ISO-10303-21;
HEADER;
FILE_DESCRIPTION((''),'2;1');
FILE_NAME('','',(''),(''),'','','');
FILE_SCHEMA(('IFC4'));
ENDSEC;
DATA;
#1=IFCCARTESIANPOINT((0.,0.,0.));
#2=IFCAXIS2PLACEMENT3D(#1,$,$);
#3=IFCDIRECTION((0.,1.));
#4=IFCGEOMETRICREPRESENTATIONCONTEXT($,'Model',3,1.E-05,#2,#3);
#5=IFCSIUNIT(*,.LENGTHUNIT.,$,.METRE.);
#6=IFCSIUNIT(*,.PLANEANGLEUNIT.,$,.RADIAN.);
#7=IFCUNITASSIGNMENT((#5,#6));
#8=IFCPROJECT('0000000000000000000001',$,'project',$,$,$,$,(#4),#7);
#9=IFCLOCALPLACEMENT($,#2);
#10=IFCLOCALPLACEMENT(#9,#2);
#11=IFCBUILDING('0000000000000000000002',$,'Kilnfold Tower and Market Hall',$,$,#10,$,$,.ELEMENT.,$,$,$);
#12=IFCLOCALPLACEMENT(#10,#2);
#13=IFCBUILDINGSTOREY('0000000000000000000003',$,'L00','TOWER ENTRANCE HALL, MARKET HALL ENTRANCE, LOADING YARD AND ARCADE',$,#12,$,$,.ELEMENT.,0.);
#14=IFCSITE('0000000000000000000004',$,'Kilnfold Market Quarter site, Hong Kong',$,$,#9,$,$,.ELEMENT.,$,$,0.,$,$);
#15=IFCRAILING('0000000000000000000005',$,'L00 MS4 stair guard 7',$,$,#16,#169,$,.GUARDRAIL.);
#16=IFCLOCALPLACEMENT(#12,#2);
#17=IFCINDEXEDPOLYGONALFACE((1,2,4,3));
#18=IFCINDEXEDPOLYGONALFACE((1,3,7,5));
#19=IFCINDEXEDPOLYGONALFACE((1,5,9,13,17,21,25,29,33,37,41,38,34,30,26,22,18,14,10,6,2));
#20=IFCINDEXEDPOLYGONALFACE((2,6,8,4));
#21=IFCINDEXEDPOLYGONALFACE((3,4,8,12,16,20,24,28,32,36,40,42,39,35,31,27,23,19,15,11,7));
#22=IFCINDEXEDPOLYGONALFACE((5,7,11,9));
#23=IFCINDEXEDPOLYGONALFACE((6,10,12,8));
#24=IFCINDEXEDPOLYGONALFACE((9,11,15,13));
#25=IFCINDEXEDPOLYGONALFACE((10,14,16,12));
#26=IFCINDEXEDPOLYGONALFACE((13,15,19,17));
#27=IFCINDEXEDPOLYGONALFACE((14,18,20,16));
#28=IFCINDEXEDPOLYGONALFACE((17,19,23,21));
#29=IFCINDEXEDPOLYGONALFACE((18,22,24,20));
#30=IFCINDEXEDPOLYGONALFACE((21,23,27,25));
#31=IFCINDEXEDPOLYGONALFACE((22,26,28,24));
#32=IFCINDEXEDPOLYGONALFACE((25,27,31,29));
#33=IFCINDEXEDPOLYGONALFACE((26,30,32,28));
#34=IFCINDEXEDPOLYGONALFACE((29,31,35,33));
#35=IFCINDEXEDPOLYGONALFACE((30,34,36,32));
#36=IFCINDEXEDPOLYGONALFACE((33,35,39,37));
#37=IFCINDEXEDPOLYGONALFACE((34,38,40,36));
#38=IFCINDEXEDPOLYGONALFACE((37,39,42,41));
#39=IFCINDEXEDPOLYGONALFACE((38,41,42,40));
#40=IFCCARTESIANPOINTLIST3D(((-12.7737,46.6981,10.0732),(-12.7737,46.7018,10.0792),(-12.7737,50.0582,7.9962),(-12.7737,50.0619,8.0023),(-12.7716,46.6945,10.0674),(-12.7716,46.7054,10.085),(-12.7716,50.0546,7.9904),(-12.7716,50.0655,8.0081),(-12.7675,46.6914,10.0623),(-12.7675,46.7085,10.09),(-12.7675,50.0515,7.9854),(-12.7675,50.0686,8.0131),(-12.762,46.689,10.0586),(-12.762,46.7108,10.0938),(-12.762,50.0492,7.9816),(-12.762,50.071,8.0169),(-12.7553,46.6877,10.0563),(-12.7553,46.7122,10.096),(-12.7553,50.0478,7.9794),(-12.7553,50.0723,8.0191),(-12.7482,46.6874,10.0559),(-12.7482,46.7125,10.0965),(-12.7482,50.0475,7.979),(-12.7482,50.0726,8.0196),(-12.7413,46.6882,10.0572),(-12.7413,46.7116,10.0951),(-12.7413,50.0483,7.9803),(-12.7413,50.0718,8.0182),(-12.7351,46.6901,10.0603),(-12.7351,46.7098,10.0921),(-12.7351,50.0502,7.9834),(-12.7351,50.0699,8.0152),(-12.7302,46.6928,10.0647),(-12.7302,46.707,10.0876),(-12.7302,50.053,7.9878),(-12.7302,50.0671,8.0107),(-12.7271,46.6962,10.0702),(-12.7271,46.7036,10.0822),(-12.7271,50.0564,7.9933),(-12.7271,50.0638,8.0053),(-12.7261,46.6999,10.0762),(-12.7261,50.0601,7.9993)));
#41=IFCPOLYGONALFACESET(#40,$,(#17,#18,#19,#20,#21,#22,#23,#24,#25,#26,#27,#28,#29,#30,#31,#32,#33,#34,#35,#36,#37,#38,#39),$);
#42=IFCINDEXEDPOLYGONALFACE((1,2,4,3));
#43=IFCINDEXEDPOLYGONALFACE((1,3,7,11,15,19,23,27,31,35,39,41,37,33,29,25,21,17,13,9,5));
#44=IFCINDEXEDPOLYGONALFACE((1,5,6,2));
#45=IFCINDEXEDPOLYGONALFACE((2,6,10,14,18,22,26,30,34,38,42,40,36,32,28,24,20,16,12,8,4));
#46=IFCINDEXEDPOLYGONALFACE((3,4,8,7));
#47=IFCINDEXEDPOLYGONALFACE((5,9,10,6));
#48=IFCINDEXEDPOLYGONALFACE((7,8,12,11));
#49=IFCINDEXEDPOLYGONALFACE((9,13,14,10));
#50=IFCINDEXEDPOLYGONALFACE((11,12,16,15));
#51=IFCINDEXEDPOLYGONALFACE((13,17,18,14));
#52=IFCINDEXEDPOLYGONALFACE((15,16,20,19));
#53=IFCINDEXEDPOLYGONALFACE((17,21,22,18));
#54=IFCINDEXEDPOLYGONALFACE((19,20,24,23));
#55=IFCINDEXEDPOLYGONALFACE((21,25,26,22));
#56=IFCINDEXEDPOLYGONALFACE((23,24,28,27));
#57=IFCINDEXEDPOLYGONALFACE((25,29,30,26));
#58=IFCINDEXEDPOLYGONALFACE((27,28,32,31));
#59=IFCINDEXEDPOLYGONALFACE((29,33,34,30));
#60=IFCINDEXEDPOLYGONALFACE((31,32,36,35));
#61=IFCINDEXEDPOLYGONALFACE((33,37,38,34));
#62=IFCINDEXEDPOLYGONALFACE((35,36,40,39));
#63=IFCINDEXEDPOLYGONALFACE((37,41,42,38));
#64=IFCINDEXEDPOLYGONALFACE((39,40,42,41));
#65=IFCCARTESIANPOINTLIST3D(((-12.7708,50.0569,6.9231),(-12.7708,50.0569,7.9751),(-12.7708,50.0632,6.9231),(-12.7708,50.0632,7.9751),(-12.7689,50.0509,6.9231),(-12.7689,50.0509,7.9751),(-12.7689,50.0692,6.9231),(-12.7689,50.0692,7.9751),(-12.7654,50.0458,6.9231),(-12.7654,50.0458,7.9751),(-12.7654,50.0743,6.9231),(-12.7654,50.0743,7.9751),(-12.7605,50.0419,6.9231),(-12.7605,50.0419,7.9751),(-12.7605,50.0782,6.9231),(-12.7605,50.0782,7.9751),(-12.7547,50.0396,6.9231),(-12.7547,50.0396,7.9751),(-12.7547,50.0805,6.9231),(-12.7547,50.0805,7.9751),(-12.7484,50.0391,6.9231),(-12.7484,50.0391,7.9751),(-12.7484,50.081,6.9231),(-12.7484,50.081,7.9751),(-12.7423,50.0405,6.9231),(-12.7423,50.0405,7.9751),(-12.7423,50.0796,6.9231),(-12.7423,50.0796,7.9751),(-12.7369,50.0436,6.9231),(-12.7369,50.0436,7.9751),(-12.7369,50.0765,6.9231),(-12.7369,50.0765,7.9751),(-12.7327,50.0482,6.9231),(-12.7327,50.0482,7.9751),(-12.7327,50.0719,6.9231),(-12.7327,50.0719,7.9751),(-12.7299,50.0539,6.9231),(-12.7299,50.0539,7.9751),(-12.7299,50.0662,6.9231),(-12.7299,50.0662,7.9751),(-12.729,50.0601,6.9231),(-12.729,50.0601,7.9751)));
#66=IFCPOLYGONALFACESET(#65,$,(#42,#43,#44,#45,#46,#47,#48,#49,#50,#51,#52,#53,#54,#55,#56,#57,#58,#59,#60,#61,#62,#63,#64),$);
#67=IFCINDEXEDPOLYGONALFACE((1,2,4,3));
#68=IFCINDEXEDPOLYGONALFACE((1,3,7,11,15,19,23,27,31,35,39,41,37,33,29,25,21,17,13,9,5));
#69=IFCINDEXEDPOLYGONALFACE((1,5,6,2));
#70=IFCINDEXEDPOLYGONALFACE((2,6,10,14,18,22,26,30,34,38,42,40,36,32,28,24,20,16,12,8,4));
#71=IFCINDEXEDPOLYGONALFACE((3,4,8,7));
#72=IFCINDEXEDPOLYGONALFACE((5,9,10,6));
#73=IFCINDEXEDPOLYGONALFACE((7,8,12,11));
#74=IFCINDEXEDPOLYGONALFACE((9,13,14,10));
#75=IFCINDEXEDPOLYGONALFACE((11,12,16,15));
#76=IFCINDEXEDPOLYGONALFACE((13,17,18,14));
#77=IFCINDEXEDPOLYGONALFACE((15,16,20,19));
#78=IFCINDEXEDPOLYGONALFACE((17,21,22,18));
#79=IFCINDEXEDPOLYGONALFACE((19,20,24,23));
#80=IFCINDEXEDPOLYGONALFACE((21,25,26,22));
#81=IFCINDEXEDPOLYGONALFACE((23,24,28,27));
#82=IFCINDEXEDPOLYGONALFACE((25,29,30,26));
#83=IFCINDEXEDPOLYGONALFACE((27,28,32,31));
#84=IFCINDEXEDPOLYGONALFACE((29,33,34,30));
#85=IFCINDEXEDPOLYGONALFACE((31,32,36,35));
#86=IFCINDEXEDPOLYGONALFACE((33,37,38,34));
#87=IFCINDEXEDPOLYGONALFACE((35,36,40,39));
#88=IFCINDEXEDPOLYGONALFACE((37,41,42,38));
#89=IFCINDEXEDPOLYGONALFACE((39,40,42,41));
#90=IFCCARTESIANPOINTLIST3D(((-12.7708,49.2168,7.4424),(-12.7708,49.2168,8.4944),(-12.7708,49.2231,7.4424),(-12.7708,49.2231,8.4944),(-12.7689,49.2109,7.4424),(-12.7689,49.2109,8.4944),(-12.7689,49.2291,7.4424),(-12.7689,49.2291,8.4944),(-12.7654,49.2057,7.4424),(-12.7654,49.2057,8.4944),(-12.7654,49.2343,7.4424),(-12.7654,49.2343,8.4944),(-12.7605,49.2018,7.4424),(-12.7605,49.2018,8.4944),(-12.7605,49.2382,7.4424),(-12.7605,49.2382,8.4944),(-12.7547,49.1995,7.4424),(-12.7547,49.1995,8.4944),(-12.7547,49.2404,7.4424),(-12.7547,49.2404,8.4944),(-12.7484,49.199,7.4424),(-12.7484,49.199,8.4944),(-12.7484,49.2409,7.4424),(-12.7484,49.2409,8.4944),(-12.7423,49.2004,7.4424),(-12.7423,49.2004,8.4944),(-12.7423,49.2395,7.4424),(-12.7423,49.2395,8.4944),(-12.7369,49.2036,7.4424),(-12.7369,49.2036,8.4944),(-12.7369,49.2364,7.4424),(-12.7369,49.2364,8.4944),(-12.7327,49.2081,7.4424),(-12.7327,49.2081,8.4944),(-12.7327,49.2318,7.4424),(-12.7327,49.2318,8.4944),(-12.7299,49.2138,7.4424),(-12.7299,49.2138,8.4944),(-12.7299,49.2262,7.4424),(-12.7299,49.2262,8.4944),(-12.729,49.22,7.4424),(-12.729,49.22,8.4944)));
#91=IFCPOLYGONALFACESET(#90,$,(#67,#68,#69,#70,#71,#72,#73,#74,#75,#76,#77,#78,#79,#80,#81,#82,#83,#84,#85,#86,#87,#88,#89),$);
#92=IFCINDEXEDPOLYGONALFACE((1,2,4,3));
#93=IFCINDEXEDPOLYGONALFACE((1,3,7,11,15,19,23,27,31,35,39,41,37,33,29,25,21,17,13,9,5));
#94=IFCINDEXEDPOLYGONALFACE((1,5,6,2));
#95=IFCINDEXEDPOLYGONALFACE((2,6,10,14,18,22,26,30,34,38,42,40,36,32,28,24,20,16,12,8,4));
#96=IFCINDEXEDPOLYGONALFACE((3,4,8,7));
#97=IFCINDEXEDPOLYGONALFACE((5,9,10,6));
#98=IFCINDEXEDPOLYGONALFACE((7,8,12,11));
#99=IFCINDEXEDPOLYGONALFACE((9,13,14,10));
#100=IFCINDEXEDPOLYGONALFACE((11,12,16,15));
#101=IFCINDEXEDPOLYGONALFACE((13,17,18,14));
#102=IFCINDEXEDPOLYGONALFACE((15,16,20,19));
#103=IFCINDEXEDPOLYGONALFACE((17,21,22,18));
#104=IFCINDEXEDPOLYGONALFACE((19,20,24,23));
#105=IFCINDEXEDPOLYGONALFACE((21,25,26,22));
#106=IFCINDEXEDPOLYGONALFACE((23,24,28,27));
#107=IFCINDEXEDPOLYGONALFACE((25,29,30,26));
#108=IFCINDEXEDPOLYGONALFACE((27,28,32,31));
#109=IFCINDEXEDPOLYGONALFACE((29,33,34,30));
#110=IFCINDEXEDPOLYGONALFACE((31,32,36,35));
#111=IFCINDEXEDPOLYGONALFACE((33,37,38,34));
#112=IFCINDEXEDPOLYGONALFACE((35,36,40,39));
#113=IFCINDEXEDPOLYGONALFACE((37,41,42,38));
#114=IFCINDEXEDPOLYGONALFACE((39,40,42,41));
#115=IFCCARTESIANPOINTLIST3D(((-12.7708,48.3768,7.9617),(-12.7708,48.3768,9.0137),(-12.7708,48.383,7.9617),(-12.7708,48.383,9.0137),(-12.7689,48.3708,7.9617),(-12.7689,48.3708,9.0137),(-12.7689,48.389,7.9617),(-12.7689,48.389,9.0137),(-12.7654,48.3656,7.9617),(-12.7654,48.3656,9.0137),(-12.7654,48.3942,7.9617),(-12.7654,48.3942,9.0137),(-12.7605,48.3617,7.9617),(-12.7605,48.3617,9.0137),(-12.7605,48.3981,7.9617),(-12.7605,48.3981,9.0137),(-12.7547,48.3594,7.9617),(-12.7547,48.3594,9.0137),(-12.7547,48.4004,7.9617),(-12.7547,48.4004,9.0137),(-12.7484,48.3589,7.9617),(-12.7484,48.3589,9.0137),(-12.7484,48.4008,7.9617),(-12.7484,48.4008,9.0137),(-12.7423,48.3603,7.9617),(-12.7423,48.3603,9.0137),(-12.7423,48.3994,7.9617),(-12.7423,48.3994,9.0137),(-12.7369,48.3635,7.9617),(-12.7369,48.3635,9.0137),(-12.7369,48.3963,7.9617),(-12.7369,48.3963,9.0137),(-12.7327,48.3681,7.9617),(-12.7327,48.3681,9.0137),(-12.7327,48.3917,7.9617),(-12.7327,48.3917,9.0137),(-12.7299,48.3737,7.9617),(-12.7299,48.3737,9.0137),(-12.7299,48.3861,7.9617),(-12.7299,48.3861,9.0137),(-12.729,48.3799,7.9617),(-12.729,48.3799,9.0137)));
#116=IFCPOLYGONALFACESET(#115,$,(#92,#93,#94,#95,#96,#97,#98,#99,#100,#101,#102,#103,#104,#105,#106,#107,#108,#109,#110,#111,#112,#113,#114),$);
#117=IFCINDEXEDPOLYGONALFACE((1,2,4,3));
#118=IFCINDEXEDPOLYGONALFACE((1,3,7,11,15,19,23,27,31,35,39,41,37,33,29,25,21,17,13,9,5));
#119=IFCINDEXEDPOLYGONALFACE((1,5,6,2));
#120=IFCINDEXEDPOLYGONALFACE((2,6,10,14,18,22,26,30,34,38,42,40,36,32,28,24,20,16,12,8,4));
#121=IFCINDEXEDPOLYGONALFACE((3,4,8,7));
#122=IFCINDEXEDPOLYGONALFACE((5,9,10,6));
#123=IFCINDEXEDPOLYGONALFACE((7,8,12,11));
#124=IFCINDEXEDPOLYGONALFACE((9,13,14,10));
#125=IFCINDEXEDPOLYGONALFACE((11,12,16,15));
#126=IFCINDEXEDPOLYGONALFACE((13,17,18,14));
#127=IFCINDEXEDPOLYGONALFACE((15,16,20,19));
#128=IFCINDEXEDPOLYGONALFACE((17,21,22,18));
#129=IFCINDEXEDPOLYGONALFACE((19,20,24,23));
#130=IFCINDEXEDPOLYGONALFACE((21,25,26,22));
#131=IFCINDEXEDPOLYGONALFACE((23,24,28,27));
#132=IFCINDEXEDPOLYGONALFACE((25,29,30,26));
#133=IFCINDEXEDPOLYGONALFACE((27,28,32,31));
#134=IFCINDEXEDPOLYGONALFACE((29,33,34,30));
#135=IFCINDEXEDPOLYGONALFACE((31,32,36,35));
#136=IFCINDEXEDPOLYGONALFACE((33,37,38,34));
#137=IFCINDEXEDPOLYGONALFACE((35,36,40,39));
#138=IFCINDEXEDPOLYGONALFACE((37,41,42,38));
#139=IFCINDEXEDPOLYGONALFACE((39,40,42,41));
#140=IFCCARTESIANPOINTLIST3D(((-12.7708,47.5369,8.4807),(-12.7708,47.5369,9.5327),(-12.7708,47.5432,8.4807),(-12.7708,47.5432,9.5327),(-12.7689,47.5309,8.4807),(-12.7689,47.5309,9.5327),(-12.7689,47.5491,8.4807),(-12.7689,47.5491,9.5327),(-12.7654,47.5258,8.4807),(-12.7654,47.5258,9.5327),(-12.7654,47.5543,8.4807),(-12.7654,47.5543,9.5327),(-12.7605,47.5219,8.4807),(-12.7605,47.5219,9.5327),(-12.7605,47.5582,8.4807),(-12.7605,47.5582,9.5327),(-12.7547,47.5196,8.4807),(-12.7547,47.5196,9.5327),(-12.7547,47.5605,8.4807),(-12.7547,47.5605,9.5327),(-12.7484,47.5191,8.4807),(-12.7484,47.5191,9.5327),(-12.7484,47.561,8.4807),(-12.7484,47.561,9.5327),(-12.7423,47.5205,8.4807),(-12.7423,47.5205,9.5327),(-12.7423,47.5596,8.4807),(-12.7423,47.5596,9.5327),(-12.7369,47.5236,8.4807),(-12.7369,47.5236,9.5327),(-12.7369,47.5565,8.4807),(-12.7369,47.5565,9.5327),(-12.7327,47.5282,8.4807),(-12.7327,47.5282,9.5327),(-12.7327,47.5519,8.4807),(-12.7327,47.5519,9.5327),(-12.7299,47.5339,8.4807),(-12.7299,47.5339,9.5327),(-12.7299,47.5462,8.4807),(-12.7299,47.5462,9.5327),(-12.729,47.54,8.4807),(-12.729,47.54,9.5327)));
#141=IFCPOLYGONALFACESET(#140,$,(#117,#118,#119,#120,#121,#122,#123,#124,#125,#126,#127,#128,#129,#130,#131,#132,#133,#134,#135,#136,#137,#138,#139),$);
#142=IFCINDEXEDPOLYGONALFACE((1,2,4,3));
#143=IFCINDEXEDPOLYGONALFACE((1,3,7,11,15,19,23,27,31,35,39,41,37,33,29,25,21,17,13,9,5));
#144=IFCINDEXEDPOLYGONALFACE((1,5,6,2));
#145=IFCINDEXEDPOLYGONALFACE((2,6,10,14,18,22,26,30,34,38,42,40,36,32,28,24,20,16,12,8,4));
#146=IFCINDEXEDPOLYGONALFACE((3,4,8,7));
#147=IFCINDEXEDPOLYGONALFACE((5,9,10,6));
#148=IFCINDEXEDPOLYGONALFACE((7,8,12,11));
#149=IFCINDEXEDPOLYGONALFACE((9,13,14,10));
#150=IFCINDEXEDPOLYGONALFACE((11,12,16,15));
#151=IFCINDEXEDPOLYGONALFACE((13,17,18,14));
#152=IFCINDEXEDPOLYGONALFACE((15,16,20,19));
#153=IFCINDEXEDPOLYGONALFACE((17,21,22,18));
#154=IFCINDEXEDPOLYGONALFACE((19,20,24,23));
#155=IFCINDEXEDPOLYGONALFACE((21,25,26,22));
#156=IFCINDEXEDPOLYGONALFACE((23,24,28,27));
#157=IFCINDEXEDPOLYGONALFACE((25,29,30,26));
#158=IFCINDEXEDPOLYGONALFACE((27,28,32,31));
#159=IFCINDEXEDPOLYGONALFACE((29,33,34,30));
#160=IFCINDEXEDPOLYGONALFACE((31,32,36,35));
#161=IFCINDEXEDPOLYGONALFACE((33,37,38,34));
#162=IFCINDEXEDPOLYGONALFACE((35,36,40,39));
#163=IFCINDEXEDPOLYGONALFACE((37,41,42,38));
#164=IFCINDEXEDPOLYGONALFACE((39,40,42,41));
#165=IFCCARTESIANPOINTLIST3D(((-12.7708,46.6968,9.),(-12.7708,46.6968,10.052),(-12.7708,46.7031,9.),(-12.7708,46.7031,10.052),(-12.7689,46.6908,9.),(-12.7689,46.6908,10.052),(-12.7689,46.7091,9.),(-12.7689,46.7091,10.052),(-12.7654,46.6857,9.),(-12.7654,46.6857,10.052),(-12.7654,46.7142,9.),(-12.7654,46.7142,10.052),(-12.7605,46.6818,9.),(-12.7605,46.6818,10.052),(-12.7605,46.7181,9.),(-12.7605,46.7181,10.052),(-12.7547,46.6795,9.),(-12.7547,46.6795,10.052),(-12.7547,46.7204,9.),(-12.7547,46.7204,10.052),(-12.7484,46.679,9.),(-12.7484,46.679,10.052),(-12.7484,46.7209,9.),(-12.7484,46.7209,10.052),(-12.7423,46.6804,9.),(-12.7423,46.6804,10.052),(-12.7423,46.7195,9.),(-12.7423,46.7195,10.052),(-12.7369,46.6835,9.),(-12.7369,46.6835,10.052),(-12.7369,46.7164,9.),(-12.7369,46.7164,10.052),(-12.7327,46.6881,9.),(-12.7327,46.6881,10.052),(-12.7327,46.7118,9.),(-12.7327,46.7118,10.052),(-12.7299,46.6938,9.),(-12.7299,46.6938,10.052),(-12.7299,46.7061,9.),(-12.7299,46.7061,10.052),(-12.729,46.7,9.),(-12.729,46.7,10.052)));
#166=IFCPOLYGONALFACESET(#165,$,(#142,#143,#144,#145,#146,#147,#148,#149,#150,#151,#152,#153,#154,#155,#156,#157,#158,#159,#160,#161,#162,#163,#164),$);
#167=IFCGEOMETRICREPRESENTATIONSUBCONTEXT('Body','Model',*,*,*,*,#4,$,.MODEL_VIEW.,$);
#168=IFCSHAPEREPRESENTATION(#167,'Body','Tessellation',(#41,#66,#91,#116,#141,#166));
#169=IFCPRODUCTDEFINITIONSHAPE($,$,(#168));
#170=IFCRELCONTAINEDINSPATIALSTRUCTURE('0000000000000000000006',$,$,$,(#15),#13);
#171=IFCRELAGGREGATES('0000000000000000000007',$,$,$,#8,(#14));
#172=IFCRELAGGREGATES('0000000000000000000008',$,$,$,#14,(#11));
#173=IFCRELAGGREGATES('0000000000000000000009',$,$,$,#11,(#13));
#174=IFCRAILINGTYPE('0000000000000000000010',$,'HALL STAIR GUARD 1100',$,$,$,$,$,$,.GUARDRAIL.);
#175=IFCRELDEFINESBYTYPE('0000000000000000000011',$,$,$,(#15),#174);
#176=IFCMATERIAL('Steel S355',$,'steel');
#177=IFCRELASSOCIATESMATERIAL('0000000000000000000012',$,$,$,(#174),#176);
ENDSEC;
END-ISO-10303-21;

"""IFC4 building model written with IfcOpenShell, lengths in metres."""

from ifc_helpers import new_model, si_unit, direction, frame, origin, origin_2d, place, context, subcontext, project, spatial, circle, extrude, material, type_object, element, save


model = new_model("IFC4")

# Units and contexts
model_context = context("Model", 3, precision=1e-05, world=origin(), true_north=direction((0.0, 1.0)))
body_context = subcontext(model_context, "Body", "Model", "MODEL_VIEW")
ifc_project = project(units=[si_unit("LENGTHUNIT", "METRE"), si_unit("PLANEANGLEUNIT", "RADIAN")], contexts=[model_context])

# Site, building, storey
site_placement = place(None, origin())
site = spatial("IfcSite", under=ifc_project, at=site_placement, Name="Kilnfold Market Quarter site, Hong Kong", CompositionType="ELEMENT", RefElevation=0.0)
building_placement = place(site_placement, origin())
building = spatial("IfcBuilding", under=site, at=building_placement, Name="Kilnfold Tower and Market Hall", CompositionType="ELEMENT")
storey_placement = place(building_placement, origin())
storey = spatial("IfcBuildingStorey", under=building, at=storey_placement, Name="L00", Description="TOWER ENTRANCE HALL, MARKET HALL ENTRANCE, LOADING YARD AND ARCADE", CompositionType="ELEMENT", Elevation=0.0)

# Railing
ifc_material_1 = material(Name="Steel S355", Category="steel")
railing_type_1 = type_object("IfcRailingType", Name="HALL STAIR GUARD 1100", PredefinedType="GUARDRAIL", material=ifc_material_1)
railing_1_placement = place(storey_placement, frame((-12.75, 50.0601, 6.9231)))
element("IfcRailing", 1, at=railing_1_placement, inside=storey, type_object=railing_type_1, Name="L00 MS4 stair guard 7", PredefinedType="GUARDRAIL", context=body_context, shape_type="SweptSolid", body=[
    extrude(circle(Radius=0.0239, at=origin_2d()), frame((0.0, 0.0, 1.0762), z_axis=(0.0, -0.850623, 0.525776), x_axis=(1.0, 0.0, 0.0)), (0.0, 0.0, 1.0), 3.9502),
    extrude(circle(Radius=0.021, at=origin_2d()), origin(), (0.0, 0.0, 1.0), 1.052),
    extrude(circle(Radius=0.021, at=origin_2d()), frame((0.0, -0.8401, 0.5193)), (0.0, 0.0, 1.0), 1.052),
    extrude(circle(Radius=0.021, at=origin_2d()), frame((0.0, -1.6802, 1.0386)), (0.0, 0.0, 1.0), 1.052),
    extrude(circle(Radius=0.021, at=origin_2d()), frame((0.0, -2.52, 1.5576)), (0.0, 0.0, 1.0), 1.052),
    extrude(circle(Radius=0.021, at=origin_2d()), frame((0.0, -3.3601, 2.0769)), (0.0, 0.0, 1.0), 1.052),
])

save(model, "model.ifc")
